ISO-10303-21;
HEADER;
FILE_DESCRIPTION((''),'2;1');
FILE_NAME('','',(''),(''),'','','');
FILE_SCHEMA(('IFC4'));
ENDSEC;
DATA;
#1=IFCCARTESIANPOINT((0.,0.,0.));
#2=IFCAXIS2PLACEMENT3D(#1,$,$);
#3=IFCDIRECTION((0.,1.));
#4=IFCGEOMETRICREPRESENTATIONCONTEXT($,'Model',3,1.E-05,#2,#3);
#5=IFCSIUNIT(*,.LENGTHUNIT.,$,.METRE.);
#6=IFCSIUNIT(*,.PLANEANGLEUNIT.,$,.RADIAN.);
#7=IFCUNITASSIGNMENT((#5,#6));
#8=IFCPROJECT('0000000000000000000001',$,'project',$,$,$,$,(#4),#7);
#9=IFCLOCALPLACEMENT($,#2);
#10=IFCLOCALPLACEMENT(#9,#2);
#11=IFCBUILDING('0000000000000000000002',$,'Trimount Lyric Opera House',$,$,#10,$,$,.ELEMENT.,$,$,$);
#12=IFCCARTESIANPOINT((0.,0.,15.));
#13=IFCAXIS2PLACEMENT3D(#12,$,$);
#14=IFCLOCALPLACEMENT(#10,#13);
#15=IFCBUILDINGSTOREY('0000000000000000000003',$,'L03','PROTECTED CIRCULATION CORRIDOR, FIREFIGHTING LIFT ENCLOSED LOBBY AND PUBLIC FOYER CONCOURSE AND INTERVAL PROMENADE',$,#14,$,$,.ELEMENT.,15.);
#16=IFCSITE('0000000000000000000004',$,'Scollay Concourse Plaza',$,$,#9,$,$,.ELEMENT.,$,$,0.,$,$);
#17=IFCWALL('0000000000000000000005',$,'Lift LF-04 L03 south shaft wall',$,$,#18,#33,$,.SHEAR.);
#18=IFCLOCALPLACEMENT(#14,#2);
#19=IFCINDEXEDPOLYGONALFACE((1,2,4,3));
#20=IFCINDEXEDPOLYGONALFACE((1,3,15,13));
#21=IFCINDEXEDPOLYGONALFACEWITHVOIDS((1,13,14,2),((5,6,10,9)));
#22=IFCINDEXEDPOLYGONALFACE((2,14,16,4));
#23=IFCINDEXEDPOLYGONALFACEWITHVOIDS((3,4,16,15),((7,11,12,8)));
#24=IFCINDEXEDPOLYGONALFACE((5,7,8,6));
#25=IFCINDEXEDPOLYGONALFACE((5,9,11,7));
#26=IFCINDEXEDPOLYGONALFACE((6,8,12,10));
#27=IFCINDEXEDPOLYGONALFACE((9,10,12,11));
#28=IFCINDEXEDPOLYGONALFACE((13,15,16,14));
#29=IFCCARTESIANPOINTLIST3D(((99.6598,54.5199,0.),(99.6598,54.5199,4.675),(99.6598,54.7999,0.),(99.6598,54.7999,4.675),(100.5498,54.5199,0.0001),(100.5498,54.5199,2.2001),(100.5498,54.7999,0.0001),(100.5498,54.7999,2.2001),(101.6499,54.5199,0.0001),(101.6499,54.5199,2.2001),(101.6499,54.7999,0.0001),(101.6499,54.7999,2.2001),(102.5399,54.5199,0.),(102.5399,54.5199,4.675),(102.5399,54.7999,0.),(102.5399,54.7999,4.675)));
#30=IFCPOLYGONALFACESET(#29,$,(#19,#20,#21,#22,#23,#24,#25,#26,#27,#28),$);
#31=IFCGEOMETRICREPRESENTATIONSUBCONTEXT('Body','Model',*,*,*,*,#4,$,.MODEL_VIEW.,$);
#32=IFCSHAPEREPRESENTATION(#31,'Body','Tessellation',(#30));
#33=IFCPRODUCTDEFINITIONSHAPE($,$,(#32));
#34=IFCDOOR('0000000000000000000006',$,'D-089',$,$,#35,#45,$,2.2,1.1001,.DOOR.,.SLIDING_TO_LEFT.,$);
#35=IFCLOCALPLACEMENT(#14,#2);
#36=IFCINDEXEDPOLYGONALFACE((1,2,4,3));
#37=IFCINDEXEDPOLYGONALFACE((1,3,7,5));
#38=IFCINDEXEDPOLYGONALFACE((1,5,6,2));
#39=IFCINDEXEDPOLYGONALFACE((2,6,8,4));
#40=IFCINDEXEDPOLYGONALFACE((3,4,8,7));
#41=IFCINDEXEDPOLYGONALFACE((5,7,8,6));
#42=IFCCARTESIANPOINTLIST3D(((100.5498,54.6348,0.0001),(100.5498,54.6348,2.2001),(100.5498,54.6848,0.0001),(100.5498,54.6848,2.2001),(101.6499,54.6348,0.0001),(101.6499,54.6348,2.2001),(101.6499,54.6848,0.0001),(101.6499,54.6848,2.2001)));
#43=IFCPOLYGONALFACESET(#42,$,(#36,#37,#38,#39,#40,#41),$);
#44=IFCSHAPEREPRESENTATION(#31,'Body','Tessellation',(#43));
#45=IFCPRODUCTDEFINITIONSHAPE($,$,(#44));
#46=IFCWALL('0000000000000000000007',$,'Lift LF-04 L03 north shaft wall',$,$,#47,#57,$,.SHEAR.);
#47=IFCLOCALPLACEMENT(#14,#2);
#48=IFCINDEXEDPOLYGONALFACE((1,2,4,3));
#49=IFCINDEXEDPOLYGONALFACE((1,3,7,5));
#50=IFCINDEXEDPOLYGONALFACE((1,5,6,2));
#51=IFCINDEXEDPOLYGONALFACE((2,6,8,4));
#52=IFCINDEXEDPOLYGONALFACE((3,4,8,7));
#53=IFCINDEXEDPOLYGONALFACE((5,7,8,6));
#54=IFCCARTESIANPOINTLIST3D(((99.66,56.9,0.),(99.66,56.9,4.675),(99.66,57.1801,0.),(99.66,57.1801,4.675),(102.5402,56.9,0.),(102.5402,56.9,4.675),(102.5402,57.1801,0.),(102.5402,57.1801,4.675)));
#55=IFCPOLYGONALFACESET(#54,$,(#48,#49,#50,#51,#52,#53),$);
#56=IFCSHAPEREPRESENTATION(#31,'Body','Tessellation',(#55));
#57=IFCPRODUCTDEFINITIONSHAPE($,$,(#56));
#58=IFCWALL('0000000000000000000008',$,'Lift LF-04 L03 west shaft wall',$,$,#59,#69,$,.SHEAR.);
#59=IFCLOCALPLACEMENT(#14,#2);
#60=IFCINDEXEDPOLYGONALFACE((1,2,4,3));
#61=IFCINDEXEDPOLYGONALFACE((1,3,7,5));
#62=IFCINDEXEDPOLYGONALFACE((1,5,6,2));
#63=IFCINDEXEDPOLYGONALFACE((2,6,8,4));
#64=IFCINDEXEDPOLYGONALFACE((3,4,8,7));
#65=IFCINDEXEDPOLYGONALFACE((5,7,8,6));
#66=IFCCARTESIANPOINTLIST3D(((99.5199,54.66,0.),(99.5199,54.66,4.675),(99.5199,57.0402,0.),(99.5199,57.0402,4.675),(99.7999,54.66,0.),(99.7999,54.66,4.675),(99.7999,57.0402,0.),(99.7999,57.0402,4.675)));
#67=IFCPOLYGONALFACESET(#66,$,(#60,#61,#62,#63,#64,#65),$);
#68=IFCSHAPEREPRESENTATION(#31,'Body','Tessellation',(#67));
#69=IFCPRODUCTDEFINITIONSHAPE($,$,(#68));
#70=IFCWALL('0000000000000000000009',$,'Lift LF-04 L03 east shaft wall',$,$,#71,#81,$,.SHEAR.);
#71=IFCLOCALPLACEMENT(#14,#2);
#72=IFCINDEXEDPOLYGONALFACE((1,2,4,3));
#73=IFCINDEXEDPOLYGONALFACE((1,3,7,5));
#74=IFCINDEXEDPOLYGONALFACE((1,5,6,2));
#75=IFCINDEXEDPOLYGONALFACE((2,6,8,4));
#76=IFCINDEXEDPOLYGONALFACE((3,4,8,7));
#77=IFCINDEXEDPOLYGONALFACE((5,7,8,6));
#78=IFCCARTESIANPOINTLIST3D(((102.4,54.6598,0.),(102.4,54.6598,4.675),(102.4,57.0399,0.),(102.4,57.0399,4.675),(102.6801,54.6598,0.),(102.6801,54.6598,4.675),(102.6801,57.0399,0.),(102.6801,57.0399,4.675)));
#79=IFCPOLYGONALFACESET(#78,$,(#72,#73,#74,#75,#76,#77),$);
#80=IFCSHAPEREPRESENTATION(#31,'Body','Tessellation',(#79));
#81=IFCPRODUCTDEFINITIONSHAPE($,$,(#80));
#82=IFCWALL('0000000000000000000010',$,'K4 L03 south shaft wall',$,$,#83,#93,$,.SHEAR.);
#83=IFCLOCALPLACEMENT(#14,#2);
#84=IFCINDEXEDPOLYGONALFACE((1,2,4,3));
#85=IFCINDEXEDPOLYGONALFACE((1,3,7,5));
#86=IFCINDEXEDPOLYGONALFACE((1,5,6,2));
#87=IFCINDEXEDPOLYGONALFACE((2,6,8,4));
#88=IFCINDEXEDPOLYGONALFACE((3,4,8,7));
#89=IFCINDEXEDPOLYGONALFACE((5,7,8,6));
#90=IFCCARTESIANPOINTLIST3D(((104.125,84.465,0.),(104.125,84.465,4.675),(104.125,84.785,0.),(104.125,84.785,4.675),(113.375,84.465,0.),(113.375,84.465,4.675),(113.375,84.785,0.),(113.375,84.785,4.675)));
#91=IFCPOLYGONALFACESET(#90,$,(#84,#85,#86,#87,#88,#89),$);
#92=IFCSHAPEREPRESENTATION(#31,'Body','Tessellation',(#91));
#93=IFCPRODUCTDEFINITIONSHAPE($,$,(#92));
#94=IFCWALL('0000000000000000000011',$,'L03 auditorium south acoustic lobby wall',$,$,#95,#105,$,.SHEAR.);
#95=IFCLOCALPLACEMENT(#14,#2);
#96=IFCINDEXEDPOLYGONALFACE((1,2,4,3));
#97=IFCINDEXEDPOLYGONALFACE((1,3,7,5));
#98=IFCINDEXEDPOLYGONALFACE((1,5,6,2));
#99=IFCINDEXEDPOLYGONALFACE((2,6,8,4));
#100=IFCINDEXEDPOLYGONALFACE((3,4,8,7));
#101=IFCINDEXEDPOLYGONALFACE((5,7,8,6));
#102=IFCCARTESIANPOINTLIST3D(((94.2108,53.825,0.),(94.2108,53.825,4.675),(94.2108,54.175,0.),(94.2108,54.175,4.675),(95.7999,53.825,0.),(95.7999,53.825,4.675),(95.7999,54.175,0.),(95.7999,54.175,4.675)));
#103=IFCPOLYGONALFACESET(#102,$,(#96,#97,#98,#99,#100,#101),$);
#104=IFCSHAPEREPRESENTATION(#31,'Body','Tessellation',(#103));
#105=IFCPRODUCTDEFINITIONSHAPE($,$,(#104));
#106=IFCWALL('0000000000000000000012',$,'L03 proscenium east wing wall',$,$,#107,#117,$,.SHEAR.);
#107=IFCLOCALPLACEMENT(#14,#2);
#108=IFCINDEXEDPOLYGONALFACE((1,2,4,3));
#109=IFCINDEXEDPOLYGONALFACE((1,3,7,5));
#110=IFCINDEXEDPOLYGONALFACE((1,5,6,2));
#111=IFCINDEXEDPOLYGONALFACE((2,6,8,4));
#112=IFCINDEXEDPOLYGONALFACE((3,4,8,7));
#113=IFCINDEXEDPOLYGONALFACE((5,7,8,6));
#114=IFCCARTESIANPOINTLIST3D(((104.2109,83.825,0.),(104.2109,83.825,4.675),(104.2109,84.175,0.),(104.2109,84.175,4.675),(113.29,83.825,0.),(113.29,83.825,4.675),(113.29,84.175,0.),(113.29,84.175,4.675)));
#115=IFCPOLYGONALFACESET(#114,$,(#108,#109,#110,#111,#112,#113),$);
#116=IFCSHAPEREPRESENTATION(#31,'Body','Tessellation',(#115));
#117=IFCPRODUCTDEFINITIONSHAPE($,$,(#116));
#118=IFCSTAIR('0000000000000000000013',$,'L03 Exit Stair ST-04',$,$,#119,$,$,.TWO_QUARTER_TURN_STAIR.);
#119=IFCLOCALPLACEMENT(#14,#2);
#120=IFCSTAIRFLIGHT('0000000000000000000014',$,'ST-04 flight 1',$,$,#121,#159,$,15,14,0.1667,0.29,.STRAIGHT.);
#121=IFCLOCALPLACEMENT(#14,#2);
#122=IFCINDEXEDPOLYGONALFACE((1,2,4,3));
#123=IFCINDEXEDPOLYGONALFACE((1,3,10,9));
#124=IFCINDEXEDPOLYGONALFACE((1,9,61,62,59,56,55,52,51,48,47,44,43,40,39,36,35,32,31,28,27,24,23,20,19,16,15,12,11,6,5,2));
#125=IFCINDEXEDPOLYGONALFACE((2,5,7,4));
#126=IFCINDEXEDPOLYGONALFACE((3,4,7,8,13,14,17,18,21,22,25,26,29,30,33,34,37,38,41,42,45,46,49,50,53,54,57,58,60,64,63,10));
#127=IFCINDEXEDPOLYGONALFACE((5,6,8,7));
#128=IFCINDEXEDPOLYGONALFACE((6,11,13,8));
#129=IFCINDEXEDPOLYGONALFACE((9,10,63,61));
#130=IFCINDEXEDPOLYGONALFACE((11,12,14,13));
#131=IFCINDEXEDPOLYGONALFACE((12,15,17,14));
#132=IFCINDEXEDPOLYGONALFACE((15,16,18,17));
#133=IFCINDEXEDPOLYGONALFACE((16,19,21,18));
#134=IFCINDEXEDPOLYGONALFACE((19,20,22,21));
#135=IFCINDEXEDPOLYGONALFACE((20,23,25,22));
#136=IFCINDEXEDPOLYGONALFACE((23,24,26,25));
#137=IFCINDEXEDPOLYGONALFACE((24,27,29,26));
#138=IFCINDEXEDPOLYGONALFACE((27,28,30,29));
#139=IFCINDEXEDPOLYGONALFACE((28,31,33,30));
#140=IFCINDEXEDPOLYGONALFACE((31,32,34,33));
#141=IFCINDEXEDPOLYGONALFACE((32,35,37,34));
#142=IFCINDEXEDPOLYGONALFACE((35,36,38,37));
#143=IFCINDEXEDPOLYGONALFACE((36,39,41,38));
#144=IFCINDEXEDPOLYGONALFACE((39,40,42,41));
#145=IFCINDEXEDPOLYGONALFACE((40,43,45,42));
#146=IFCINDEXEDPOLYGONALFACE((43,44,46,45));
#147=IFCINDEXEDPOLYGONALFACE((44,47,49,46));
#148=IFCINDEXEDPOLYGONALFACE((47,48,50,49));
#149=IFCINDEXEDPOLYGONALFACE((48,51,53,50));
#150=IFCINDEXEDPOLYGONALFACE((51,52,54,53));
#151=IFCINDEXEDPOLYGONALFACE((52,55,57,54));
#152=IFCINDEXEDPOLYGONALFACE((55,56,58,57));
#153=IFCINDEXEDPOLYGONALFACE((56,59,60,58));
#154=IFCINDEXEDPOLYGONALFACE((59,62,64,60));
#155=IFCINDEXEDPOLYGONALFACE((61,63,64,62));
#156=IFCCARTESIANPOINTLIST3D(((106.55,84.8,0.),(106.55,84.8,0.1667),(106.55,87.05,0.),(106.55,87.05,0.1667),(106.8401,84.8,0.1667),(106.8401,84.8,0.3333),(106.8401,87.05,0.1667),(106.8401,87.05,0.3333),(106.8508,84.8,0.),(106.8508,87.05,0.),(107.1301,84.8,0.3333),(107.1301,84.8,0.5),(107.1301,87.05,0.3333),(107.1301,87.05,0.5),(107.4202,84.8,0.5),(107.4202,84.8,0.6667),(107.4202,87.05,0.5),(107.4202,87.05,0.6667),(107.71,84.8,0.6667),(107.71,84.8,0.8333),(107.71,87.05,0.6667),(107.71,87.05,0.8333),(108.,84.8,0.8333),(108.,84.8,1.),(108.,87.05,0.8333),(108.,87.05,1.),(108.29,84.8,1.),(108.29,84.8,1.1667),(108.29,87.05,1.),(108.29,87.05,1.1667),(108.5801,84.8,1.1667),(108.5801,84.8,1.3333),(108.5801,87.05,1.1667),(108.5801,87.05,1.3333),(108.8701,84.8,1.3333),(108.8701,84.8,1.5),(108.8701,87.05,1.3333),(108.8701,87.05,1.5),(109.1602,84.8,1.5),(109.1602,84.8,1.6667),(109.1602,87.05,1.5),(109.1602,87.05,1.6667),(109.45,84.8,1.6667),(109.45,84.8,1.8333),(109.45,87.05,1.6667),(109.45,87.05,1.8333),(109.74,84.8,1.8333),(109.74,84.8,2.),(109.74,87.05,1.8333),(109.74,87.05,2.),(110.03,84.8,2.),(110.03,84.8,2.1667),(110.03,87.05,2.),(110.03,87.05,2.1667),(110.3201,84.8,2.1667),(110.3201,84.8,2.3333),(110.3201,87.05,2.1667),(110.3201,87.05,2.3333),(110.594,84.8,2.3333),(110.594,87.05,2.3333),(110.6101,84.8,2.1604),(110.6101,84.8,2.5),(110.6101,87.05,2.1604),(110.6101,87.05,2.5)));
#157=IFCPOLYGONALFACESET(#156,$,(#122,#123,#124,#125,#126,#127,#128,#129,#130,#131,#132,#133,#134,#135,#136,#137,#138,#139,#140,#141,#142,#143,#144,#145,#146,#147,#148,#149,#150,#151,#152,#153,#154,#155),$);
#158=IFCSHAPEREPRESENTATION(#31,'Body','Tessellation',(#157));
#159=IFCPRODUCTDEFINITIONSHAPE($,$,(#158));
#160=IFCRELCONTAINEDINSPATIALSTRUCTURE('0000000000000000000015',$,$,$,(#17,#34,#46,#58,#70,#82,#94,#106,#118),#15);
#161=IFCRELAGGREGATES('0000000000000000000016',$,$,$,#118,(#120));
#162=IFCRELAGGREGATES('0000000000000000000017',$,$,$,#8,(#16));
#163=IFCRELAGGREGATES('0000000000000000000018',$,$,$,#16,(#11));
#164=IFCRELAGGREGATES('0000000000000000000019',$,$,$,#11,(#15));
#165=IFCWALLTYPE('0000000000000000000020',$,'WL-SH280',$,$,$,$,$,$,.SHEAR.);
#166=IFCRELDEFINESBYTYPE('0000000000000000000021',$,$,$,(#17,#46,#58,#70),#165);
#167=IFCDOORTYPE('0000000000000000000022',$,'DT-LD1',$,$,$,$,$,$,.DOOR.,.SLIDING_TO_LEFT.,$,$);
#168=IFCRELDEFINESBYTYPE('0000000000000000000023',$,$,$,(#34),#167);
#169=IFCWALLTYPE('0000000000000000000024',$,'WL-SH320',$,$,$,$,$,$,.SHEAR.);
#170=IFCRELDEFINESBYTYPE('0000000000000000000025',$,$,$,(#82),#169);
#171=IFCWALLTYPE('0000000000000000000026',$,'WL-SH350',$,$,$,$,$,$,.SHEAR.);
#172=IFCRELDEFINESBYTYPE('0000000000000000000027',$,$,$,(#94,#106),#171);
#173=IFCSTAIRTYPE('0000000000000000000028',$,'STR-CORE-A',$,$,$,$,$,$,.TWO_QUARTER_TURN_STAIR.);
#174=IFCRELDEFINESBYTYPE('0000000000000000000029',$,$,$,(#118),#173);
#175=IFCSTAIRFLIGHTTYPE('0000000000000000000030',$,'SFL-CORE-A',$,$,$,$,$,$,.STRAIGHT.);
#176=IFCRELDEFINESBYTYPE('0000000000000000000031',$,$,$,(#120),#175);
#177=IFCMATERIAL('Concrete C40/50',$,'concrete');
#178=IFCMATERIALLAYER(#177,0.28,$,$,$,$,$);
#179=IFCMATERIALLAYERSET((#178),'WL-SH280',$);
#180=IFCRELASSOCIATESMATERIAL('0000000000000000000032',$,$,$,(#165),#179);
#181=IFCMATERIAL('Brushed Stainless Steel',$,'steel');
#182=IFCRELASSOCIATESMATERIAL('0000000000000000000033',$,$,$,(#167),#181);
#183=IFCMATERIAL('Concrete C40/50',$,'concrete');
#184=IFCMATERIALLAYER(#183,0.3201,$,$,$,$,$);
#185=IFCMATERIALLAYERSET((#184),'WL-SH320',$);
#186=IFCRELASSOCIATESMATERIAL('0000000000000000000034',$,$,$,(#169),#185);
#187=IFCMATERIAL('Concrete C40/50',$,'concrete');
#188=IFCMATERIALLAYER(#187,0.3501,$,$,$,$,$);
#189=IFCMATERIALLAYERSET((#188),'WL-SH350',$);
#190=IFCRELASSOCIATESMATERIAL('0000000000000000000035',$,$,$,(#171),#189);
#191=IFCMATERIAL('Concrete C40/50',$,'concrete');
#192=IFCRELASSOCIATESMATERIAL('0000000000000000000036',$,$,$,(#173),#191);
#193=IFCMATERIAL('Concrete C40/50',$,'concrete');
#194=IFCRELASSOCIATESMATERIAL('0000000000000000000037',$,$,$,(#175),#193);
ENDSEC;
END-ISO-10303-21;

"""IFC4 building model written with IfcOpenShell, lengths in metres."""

from ifc_helpers import new_model, si_unit, direction, frame, frame_2d, origin, place, context, subcontext, project, spatial, polyline, rectangle, outline, extrude, material, layer, layer_set, type_object, element, fill, aggregate, save


model = new_model("IFC4")

# Units and contexts
model_context = context("Model", 3, precision=1e-05, world=origin(), true_north=direction((0.0, 1.0)))
body_context = subcontext(model_context, "Body", "Model", "MODEL_VIEW")
ifc_project = project(units=[si_unit("LENGTHUNIT", "METRE"), si_unit("PLANEANGLEUNIT", "RADIAN")], contexts=[model_context])

# Site, building, storey
site_placement = place(None, origin())
site = spatial("IfcSite", under=ifc_project, at=site_placement, Name="Scollay Concourse Plaza", CompositionType="ELEMENT", RefElevation=0.0)
building_placement = place(site_placement, origin())
building = spatial("IfcBuilding", under=site, at=building_placement, Name="Trimount Lyric Opera House", CompositionType="ELEMENT")
storey_placement = place(building_placement, frame((0.0, 0.0, 15.0)))
storey = spatial("IfcBuildingStorey", under=building, at=storey_placement, Name="L03", Description="PROTECTED CIRCULATION CORRIDOR, FIREFIGHTING LIFT ENCLOSED LOBBY AND PUBLIC FOYER CONCOURSE AND INTERVAL PROMENADE", CompositionType="ELEMENT", Elevation=15.0)

# Shared definitions
ifc_material_1 = material(Name="Concrete C40/50", Category="concrete")
ifc_layer_1 = layer(ifc_material_1, 0.28)
ifc_layer_set_1 = layer_set([ifc_layer_1], Name="WL-SH280")
wall_type_1 = type_object("IfcWallType", Name="WL-SH280", PredefinedType="SHEAR", material=ifc_layer_set_1)
ifc_material_2 = material(Name="Brushed Stainless Steel", Category="steel")
door_type = type_object("IfcDoorType", Name="DT-LD1", OperationType="SLIDING_TO_LEFT", PredefinedType="DOOR", material=ifc_material_2)

# Wall, opening, door
wall_1_placement = place(storey_placement, frame((99.6599, 54.6599, 0.0), z_axis=(0.0, 0.0, 1.0), x_axis=(1.0, 0.0, 0.0)))
wall_1 = element("IfcWall", 1, at=wall_1_placement, inside=storey, type_object=wall_type_1, Name="Lift LF-04 L03 south shaft wall", PredefinedType="SHEAR", context=body_context, shape_type="SweptSolid", body=[
    extrude(rectangle(XDim=2.8801, YDim=0.28, at=frame_2d((1.4399, 0.0))), origin(), (0.0, 0.0, 1.0), 4.675),
])
opening_1_placement = place(wall_1_placement, frame((0.8899, 0.0, 0.0)))
opening_1 = element("IfcOpeningElement", 2, at=opening_1_placement, cuts=wall_1, PredefinedType="OPENING", context=body_context, shape_type="SweptSolid", body=[
    extrude(rectangle(XDim=1.1001, YDim=2.2, at=frame_2d((0.55, 1.1001))), frame((0.0, 0.1499, 0.0), z_axis=(0.0, -1.0, 0.0), x_axis=(1.0, 0.0, 0.0)), (0.0, 0.0, 1.0), 0.3),
])
door_1_placement = place(opening_1_placement, origin())
door_1 = element("IfcDoor", 3, at=door_1_placement, inside=storey, type_object=door_type, Name="D-089", OperationType="SLIDING_TO_LEFT", OverallHeight=2.2, OverallWidth=1.1001, PredefinedType="DOOR", context=body_context, shape_type="SweptSolid", body=[
    extrude(rectangle(XDim=1.1001, YDim=2.2, at=frame_2d((0.55, 1.1001))), frame((0.0, 0.0249, 0.0), z_axis=(0.0, -1.0, 0.0), x_axis=(1.0, 0.0, 0.0)), (0.0, 0.0, 1.0), 0.05),
])
fill(opening_1, door_1)

# Walls
wall_2_placement = place(storey_placement, frame((102.54, 57.04, 0.0), z_axis=(0.0, 0.0, 1.0), x_axis=(-1.0, 0.0, 0.0)))
element("IfcWall", 4, at=wall_2_placement, inside=storey, type_object=wall_type_1, Name="Lift LF-04 L03 north shaft wall", PredefinedType="SHEAR", context=body_context, shape_type="SweptSolid", body=[
    extrude(rectangle(XDim=2.8801, YDim=0.28, at=frame_2d((1.4399, 0.0))), origin(), (0.0, 0.0, 1.0), 4.675),
])
for number, where, z_axis, x_axis, name in (
    (5, (99.6599, 57.04, 0.0), (0.0, 0.0, 1.0), (0.0, -1.0, 0.0), "Lift LF-04 L03 west shaft wall"),
    (6, (102.54, 54.6599, 0.0), (0.0, 0.0, 1.0), (0.0, 1.0, 0.0), "Lift LF-04 L03 east shaft wall"),
):
    element("IfcWall", number, at=place(storey_placement, frame(where, z_axis=z_axis, x_axis=x_axis)), inside=storey, type_object=wall_type_1, Name=name, PredefinedType="SHEAR", context=body_context, shape_type="SweptSolid", body=[
        extrude(rectangle(XDim=2.3801, YDim=0.28, at=frame_2d((1.1899, 0.0))), origin(), (0.0, 0.0, 1.0), 4.675),
    ])
ifc_material_3 = material(Name="Concrete C40/50", Category="concrete")
ifc_layer_2 = layer(ifc_material_3, 0.3201)
ifc_layer_set_2 = layer_set([ifc_layer_2], Name="WL-SH320")
wall_type_2 = type_object("IfcWallType", Name="WL-SH320", PredefinedType="SHEAR", material=ifc_layer_set_2)
wall_3_placement = place(storey_placement, frame((104.125, 84.625, 0.0), z_axis=(0.0, 0.0, 1.0), x_axis=(1.0, 0.0, 0.0)))
element("IfcWall", 7, at=wall_3_placement, inside=storey, type_object=wall_type_2, Name="K4 L03 south shaft wall", PredefinedType="SHEAR", context=body_context, shape_type="SweptSolid", body=[
    extrude(rectangle(XDim=9.25, YDim=0.3201, at=frame_2d((4.625, 0.0))), origin(), (0.0, 0.0, 1.0), 4.675),
])
ifc_material_4 = material(Name="Concrete C40/50", Category="concrete")
ifc_layer_3 = layer(ifc_material_4, 0.3501)
ifc_layer_set_3 = layer_set([ifc_layer_3], Name="WL-SH350")
wall_type_3 = type_object("IfcWallType", Name="WL-SH350", PredefinedType="SHEAR", material=ifc_layer_set_3)
wall_4_placement = place(storey_placement, frame((94.2109, 54.0, 0.0), z_axis=(0.0, 0.0, 1.0), x_axis=(1.0, 0.0, 0.0)))
element("IfcWall", 8, at=wall_4_placement, inside=storey, type_object=wall_type_3, Name="L03 auditorium south acoustic lobby wall", PredefinedType="SHEAR", context=body_context, shape_type="SweptSolid", body=[
    extrude(rectangle(XDim=1.5891, YDim=0.3501, at=frame_2d((0.7944, 0.0))), origin(), (0.0, 0.0, 1.0), 4.675),
])
wall_5_placement = place(storey_placement, frame((104.2109, 84.0, 0.0), z_axis=(0.0, 0.0, 1.0), x_axis=(1.0, 0.0, 0.0)))
element("IfcWall", 9, at=wall_5_placement, inside=storey, type_object=wall_type_3, Name="L03 proscenium east wing wall", PredefinedType="SHEAR", context=body_context, shape_type="SweptSolid", body=[
    extrude(rectangle(XDim=9.0791, YDim=0.3501, at=frame_2d((4.5396, 0.0))), origin(), (0.0, 0.0, 1.0), 4.675),
])

# Stair, stair flight
ifc_material_5 = material(Name="Concrete C40/50", Category="concrete")
stair_type = type_object("IfcStairType", Name="STR-CORE-A", PredefinedType="TWO_QUARTER_TURN_STAIR", material=ifc_material_5)
stair_placement = place(storey_placement, origin())
stair = element("IfcStair", 10, at=stair_placement, inside=storey, type_object=stair_type, Name="L03 Exit Stair ST-04", PredefinedType="TWO_QUARTER_TURN_STAIR")
ifc_material_6 = material(Name="Concrete C40/50", Category="concrete")
stair_flight_type = type_object("IfcStairFlightType", Name="SFL-CORE-A", PredefinedType="STRAIGHT", material=ifc_material_6)
stair_flight_placement = place(storey_placement, frame((106.55, 85.925, 0.0), z_axis=(0.0, 0.0, 1.0), x_axis=(1.0, 0.0, 0.0)))
stair_flight = element("IfcStairFlight", 11, at=stair_flight_placement, type_object=stair_flight_type, Name="ST-04 flight 1", NumberOfRisers=15, NumberOfTreads=14, PredefinedType="STRAIGHT", RiserHeight=0.1667, TreadLength=0.29, context=body_context, shape_type="SweptSolid", body=[
    extrude(outline(polyline([(0.0, 0.0), (0.0, 0.1667), (0.29, 0.1667), (0.29, 0.3333), (0.5801, 0.3333), (0.5801, 0.5), (0.8701, 0.5), (0.8701, 0.6667), (1.1599, 0.6667), (1.1599, 0.8333), (1.45, 0.8333), (1.45, 1.0), (1.74, 1.0), (1.74, 1.1667), (2.03, 1.1667), (2.03, 1.3333), (2.3201, 1.3333), (2.3201, 1.5), (2.6101, 1.5), (2.6101, 1.6667), (2.8999, 1.6667), (2.8999, 1.8333), (3.1899, 1.8333), (3.1899, 2.0), (3.48, 2.0), (3.48, 2.1667), (3.77, 2.1667), (3.77, 2.3333), (4.0439, 2.3333), (4.0601, 2.5), (4.0601, 2.1604), (0.3008, 0.0), (0.0, 0.0)])), frame((0.0, 1.125, 0.0), z_axis=(0.0, -1.0, 0.0), x_axis=(1.0, 0.0, 0.0)), (0.0, 0.0, 1.0), 2.25),
])
aggregate(stair, [stair_flight])

save(model, "model.ifc")
